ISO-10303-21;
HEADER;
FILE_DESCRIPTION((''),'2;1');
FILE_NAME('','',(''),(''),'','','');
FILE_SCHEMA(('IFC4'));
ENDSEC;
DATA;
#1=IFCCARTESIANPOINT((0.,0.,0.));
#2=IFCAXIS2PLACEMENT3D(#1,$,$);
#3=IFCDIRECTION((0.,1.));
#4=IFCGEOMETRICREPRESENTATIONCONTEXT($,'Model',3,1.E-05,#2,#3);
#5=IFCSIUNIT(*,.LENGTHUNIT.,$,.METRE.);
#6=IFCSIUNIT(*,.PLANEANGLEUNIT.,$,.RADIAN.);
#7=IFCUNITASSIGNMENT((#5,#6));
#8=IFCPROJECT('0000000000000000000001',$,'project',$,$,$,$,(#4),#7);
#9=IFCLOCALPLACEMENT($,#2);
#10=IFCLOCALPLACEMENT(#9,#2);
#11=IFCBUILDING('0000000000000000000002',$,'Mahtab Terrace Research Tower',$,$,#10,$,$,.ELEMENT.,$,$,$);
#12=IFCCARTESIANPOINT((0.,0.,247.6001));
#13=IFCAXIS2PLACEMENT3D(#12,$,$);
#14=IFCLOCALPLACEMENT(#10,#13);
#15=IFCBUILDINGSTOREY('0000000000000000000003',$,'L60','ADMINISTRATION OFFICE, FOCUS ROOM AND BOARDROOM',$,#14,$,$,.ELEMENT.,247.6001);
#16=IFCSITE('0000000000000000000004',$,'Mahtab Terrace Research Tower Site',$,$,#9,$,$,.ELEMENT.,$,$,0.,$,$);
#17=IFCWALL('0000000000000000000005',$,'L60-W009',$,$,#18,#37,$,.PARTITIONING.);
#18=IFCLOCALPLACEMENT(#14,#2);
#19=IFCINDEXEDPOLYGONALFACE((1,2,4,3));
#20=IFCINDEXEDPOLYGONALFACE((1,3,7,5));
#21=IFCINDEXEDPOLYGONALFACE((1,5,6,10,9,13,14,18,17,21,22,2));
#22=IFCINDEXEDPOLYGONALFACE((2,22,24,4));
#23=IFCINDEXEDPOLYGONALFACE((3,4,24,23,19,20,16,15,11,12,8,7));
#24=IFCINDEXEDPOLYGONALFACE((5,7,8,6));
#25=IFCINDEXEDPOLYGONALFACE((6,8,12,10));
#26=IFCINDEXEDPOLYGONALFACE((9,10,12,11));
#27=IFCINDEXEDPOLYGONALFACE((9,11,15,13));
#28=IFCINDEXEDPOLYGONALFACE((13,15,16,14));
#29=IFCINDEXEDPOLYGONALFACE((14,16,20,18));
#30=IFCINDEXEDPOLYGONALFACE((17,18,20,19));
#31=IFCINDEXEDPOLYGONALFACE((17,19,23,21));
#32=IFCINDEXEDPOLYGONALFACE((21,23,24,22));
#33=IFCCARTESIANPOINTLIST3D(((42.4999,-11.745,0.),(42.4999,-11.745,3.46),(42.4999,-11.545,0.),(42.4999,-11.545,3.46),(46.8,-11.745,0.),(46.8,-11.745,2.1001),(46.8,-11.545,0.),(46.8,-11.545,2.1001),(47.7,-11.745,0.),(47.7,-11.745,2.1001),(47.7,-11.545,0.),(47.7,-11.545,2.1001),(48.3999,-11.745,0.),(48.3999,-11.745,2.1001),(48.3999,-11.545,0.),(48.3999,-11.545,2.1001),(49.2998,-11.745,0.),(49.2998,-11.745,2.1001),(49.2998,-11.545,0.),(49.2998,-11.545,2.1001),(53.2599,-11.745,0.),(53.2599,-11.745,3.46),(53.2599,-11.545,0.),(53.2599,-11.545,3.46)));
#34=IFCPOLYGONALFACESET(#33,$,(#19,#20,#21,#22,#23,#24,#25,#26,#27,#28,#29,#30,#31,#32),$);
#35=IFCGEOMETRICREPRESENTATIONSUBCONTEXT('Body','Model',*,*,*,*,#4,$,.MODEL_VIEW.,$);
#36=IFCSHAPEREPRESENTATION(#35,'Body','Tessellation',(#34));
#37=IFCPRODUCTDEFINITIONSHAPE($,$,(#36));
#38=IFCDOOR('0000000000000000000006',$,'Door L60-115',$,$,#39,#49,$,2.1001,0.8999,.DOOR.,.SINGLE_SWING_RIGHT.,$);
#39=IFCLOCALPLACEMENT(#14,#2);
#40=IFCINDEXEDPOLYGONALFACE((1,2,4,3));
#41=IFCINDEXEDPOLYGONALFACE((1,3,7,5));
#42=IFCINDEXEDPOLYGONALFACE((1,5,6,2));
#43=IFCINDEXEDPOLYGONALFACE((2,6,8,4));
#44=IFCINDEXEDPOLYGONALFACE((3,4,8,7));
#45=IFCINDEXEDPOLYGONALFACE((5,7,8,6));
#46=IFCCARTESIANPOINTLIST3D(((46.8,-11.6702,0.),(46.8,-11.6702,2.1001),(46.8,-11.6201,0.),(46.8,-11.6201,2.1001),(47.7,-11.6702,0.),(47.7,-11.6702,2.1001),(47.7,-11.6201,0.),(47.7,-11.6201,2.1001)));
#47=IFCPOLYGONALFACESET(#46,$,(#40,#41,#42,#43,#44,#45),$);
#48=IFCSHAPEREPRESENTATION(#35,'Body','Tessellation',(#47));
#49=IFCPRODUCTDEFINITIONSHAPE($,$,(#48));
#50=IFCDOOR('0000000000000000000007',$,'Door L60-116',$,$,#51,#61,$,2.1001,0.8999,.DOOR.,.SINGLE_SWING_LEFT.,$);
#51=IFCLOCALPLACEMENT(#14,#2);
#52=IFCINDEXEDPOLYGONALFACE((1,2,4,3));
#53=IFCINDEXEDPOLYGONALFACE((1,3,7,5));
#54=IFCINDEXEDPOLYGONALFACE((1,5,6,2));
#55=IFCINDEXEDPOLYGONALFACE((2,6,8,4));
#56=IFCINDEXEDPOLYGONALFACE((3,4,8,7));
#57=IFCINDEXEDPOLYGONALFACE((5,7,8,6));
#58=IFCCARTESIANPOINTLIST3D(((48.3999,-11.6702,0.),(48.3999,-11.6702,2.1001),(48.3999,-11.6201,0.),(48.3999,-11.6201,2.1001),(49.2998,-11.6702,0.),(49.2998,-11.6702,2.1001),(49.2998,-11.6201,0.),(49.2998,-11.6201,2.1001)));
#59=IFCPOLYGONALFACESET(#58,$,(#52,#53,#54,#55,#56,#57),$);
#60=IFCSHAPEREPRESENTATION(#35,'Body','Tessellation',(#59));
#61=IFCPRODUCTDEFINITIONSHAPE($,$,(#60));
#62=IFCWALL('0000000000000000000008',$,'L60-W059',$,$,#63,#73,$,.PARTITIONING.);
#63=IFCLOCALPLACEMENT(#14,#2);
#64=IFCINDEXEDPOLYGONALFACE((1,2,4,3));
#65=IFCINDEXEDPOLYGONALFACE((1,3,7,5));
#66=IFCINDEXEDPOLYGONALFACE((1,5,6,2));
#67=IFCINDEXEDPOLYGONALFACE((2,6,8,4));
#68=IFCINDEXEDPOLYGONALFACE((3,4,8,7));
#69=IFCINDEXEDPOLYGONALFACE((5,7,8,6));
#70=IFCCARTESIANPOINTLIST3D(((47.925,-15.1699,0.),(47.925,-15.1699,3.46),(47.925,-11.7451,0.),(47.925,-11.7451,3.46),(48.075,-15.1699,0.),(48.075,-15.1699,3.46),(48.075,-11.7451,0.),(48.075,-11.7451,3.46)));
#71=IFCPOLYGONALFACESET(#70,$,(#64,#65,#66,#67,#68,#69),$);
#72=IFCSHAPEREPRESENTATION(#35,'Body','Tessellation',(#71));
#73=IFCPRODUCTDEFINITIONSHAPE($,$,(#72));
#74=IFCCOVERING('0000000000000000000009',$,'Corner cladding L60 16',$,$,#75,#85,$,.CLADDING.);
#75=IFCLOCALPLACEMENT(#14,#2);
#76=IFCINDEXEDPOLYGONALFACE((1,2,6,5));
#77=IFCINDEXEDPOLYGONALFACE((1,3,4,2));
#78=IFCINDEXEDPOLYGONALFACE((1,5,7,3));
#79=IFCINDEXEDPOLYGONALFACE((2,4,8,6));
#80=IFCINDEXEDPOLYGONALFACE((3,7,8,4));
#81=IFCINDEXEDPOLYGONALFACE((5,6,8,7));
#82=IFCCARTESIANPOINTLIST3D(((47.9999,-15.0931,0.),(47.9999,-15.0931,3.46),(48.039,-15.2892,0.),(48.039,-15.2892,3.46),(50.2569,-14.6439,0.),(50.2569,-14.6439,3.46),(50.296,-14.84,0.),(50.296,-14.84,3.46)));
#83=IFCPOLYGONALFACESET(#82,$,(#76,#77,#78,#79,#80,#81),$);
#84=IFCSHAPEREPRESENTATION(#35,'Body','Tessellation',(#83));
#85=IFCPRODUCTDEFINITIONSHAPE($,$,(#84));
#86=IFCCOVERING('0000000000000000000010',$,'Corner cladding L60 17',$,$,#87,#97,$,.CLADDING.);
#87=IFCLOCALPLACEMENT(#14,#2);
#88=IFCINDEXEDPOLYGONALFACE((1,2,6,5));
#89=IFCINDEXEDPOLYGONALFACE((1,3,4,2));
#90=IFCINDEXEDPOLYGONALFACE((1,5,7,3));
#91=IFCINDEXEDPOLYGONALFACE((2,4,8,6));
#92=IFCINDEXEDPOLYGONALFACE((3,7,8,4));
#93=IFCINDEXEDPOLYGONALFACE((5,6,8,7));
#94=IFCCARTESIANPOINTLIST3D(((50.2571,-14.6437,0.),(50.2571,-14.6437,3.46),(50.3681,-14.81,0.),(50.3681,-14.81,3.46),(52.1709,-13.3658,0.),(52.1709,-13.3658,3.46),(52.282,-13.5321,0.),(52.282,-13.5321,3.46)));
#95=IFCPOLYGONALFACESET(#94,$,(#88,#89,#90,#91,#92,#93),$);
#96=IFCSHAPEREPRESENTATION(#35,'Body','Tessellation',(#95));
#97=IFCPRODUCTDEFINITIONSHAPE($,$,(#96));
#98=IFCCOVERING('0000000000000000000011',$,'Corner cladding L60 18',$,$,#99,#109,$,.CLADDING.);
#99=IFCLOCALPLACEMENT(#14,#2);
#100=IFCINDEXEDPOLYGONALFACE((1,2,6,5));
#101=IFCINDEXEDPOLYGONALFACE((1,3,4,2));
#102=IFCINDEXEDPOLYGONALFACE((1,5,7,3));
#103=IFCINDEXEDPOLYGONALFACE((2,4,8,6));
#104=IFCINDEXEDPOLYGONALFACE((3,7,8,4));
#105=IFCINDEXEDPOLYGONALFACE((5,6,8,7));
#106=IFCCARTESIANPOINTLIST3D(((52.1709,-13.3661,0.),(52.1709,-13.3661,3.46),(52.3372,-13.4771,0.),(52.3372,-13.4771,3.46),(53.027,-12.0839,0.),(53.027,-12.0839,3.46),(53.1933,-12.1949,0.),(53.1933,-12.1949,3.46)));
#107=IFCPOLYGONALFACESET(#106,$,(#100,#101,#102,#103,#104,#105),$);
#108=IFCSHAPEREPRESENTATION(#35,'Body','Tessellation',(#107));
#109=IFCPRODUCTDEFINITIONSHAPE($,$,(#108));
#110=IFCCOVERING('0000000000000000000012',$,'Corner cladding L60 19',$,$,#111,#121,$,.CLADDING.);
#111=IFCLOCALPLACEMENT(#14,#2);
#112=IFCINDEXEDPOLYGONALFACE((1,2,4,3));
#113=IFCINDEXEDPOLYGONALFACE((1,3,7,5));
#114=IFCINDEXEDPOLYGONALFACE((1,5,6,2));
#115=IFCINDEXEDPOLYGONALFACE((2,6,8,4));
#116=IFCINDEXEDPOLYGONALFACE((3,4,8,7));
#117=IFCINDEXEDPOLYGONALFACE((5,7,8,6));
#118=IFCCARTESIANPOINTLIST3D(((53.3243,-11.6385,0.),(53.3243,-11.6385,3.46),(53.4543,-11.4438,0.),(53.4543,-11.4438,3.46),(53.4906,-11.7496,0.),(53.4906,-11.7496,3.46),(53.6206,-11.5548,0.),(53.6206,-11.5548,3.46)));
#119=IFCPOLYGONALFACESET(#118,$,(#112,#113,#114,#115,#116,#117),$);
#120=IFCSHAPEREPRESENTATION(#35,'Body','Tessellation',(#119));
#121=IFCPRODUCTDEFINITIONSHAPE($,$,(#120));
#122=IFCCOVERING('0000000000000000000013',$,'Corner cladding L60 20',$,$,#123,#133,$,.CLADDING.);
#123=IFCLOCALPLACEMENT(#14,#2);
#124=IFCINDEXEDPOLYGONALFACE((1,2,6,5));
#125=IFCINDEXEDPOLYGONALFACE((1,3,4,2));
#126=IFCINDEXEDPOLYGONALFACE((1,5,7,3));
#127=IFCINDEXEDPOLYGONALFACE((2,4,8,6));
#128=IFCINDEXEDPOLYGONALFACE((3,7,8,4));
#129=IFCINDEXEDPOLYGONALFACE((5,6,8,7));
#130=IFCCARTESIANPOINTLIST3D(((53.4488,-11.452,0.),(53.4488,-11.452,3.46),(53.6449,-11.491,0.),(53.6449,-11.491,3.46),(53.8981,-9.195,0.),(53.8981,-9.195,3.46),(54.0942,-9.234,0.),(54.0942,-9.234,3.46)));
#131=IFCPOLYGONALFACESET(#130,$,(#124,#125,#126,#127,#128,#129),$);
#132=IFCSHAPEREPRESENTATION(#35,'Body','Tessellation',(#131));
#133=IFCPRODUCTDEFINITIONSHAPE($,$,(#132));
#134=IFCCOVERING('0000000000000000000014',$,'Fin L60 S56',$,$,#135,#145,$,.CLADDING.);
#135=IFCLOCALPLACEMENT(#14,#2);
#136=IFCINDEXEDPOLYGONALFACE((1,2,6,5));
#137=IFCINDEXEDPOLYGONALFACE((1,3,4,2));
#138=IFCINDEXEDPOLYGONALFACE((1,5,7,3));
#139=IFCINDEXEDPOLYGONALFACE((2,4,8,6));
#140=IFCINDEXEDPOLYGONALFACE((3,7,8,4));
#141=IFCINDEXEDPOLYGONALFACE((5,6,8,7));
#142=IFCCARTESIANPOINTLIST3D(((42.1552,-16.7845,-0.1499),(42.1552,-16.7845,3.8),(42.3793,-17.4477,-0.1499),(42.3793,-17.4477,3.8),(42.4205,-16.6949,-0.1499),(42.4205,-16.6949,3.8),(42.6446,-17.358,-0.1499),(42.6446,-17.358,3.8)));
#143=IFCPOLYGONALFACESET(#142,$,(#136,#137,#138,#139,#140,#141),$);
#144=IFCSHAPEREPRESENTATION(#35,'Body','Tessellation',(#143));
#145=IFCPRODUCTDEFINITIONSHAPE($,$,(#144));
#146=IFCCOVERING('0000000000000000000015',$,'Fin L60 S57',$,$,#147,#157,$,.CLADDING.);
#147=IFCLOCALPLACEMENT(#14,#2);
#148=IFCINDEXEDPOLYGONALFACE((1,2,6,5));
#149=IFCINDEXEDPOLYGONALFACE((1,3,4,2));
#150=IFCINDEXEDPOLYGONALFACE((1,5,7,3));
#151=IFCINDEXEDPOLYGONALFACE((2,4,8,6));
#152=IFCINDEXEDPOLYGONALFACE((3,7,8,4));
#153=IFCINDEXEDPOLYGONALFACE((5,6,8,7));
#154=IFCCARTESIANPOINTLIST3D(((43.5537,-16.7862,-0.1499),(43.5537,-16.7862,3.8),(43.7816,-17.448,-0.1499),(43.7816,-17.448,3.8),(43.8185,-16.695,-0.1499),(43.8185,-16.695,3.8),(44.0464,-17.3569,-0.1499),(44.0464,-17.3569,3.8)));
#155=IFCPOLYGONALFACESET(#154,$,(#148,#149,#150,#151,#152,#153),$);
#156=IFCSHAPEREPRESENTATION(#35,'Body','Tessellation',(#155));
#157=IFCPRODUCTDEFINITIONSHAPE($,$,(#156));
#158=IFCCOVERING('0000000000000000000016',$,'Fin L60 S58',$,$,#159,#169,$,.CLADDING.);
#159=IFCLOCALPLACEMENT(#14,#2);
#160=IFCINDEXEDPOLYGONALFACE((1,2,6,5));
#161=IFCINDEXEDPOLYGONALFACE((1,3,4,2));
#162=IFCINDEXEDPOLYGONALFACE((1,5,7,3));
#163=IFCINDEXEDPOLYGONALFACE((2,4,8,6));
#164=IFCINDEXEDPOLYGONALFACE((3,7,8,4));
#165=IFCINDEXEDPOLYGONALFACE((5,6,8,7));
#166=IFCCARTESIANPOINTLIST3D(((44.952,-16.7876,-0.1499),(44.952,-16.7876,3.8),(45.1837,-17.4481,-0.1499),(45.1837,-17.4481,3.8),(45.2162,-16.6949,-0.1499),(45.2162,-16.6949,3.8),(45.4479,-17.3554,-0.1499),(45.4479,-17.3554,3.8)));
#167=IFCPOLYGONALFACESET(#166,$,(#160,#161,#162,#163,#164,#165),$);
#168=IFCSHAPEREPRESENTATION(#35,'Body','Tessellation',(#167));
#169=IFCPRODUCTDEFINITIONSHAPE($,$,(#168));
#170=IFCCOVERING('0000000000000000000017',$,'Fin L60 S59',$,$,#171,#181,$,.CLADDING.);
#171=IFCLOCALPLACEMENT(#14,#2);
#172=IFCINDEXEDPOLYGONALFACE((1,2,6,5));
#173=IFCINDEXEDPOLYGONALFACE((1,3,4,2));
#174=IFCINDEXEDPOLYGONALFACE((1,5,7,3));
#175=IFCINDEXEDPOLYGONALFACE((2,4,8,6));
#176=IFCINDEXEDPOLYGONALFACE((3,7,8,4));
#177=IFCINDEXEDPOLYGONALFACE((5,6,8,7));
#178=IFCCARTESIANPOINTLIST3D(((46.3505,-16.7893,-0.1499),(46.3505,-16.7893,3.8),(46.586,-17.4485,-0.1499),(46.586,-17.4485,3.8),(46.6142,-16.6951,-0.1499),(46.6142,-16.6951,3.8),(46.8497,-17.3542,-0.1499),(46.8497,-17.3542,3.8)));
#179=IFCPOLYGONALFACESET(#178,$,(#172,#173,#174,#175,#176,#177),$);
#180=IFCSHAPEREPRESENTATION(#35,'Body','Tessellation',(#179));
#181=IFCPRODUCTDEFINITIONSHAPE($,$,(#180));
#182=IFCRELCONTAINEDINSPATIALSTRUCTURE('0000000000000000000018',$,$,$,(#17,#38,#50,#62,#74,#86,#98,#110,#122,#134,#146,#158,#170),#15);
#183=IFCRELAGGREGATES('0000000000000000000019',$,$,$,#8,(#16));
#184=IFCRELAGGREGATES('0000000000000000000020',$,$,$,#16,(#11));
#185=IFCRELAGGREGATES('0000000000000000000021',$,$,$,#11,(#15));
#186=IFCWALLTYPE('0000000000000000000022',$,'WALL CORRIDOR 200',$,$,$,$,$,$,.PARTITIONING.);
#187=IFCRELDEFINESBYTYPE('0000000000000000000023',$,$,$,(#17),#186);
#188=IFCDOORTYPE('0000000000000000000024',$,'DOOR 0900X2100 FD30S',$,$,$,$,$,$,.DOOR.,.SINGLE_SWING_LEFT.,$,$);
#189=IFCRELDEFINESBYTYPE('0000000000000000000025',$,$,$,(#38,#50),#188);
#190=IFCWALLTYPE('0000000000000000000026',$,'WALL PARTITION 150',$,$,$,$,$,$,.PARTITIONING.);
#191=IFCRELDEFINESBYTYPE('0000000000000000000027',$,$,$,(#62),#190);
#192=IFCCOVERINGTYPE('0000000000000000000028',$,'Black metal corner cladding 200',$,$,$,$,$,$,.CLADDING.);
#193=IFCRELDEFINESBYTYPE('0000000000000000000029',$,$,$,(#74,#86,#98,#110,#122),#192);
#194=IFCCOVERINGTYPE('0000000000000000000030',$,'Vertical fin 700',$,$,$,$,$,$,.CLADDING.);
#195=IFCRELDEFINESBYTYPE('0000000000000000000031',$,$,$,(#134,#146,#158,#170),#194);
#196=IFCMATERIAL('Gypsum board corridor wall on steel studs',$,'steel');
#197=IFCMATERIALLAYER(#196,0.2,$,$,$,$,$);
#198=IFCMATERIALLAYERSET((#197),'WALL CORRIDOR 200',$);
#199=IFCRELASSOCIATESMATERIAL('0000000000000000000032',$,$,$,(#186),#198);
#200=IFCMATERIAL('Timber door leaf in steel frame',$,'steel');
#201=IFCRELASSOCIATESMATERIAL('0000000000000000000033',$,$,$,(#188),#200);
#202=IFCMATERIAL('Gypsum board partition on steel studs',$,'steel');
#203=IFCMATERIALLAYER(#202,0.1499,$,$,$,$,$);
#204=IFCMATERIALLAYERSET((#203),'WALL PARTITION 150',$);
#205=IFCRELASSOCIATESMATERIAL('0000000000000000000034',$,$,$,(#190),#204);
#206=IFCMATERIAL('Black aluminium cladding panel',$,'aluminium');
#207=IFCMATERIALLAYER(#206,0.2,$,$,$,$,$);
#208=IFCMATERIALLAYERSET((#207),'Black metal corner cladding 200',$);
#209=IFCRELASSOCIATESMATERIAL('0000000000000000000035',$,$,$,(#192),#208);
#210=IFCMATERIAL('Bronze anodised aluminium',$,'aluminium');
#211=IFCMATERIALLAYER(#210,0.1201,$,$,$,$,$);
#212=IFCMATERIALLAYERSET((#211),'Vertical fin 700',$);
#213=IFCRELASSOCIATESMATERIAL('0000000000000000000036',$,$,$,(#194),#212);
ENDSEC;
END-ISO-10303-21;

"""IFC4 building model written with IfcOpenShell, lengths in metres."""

from ifc_helpers import new_model, si_unit, direction, frame, frame_2d, origin, origin_2d, place, context, subcontext, project, spatial, rectangle, extrude, material, layer, layer_set, type_object, element, fill, save


model = new_model("IFC4")

# Units and contexts
model_context = context("Model", 3, precision=1e-05, world=origin(), true_north=direction((0.0, 1.0)))
body_context = subcontext(model_context, "Body", "Model", "MODEL_VIEW")
ifc_project = project(units=[si_unit("LENGTHUNIT", "METRE"), si_unit("PLANEANGLEUNIT", "RADIAN")], contexts=[model_context])

# Site, building, storey
site_placement = place(None, origin())
site = spatial("IfcSite", under=ifc_project, at=site_placement, Name="Mahtab Terrace Research Tower Site", CompositionType="ELEMENT", RefElevation=0.0)
building_placement = place(site_placement, origin())
building = spatial("IfcBuilding", under=site, at=building_placement, Name="Mahtab Terrace Research Tower", CompositionType="ELEMENT")
storey_placement = place(building_placement, frame((0.0, 0.0, 247.6001)))
storey = spatial("IfcBuildingStorey", under=building, at=storey_placement, Name="L60", Description="ADMINISTRATION OFFICE, FOCUS ROOM AND BOARDROOM", CompositionType="ELEMENT", Elevation=247.6001)

# Wall, openings, doors
ifc_material_1 = material(Name="Gypsum board corridor wall on steel studs", Category="steel")
ifc_layer_1 = layer(ifc_material_1, 0.2)
ifc_layer_set_1 = layer_set([ifc_layer_1], Name="WALL CORRIDOR 200")
wall_type_1 = type_object("IfcWallType", Name="WALL CORRIDOR 200", PredefinedType="PARTITIONING", material=ifc_layer_set_1)
wall_1_placement = place(storey_placement, frame((42.5, -11.645, 0.0), z_axis=(0.0, 0.0, 1.0), x_axis=(1.0, 0.0, 0.0)))
wall_1 = element("IfcWall", 1, at=wall_1_placement, inside=storey, type_object=wall_type_1, Name="L60-W009", PredefinedType="PARTITIONING", context=body_context, shape_type="SweptSolid", body=[
    extrude(rectangle(XDim=10.76, YDim=0.2, at=frame_2d((5.3799, 0.0))), origin(), (0.0, 0.0, 1.0), 3.46),
])
opening_1_placement = place(wall_1_placement, frame((4.3, 0.0, 0.0)))
opening_1 = element("IfcOpeningElement", 2, at=opening_1_placement, cuts=wall_1, PredefinedType="OPENING", context=body_context, shape_type="SweptSolid", body=[
    extrude(rectangle(XDim=0.8999, YDim=2.1001, at=frame_2d((0.45, 1.05))), frame((0.0, 0.1099, 0.0), z_axis=(0.0, -1.0, 0.0), x_axis=(1.0, 0.0, 0.0)), (0.0, 0.0, 1.0), 0.22),
])
opening_2_placement = place(wall_1_placement, frame((5.8999, 0.0, 0.0)))
opening_2 = element("IfcOpeningElement", 3, at=opening_2_placement, cuts=wall_1, PredefinedType="OPENING", context=body_context, shape_type="SweptSolid", body=[
    extrude(rectangle(XDim=0.8999, YDim=2.1001, at=frame_2d((0.45, 1.05))), frame((0.0, 0.1099, 0.0), z_axis=(0.0, -1.0, 0.0), x_axis=(1.0, 0.0, 0.0)), (0.0, 0.0, 1.0), 0.22),
])
ifc_material_2 = material(Name="Timber door leaf in steel frame", Category="steel")
door_type = type_object("IfcDoorType", Name="DOOR 0900X2100 FD30S", OperationType="SINGLE_SWING_LEFT", PredefinedType="DOOR", material=ifc_material_2)
door_1_placement = place(opening_1_placement, origin())
door_1 = element("IfcDoor", 4, at=door_1_placement, inside=storey, type_object=door_type, Name="Door L60-115", OperationType="SINGLE_SWING_RIGHT", OverallHeight=2.1001, OverallWidth=0.8999, PredefinedType="DOOR", context=body_context, shape_type="SweptSolid", body=[
    extrude(rectangle(XDim=0.8999, YDim=2.1001, at=frame_2d((0.45, 1.05))), frame((0.0, 0.0249, 0.0), z_axis=(0.0, -1.0, 0.0), x_axis=(1.0, 0.0, 0.0)), (0.0, 0.0, 1.0), 0.05),
])
fill(opening_1, door_1)
door_2_placement = place(opening_2_placement, origin())
door_2 = element("IfcDoor", 5, at=door_2_placement, inside=storey, type_object=door_type, Name="Door L60-116", OperationType="SINGLE_SWING_LEFT", OverallHeight=2.1001, OverallWidth=0.8999, PredefinedType="DOOR", context=body_context, shape_type="SweptSolid", body=[
    extrude(rectangle(XDim=0.8999, YDim=2.1001, at=frame_2d((0.45, 1.05))), frame((0.0, 0.0249, 0.0), z_axis=(0.0, -1.0, 0.0), x_axis=(1.0, 0.0, 0.0)), (0.0, 0.0, 1.0), 0.05),
])
fill(opening_2, door_2)

# Wall
ifc_material_3 = material(Name="Gypsum board partition on steel studs", Category="steel")
ifc_layer_2 = layer(ifc_material_3, 0.1499)
ifc_layer_set_2 = layer_set([ifc_layer_2], Name="WALL PARTITION 150")
wall_type_2 = type_object("IfcWallType", Name="WALL PARTITION 150", PredefinedType="PARTITIONING", material=ifc_layer_set_2)
wall_2_placement = place(storey_placement, frame((48.0, -15.1699, 0.0), z_axis=(0.0, 0.0, 1.0), x_axis=(0.0, 1.0, 0.0)))
element("IfcWall", 6, at=wall_2_placement, inside=storey, type_object=wall_type_2, Name="L60-W059", PredefinedType="PARTITIONING", context=body_context, shape_type="SweptSolid", body=[
    extrude(rectangle(XDim=3.4248, YDim=0.1499, at=frame_2d((1.7124, 0.0))), origin(), (0.0, 0.0, 1.0), 3.46),
])

# Coverings
ifc_material_4 = material(Name="Black aluminium cladding panel", Category="aluminium")
ifc_layer_3 = layer(ifc_material_4, 0.2)
ifc_layer_set_3 = layer_set([ifc_layer_3], Name="Black metal corner cladding 200")
covering_type_1 = type_object("IfcCoveringType", Name="Black metal corner cladding 200", PredefinedType="CLADDING", material=ifc_layer_set_3)
for number, where, z_axis, x_axis, name in (
    (7, (49.1479, -14.9666, 0.0), (0.0, 0.0, 1.0), (0.980761, 0.195212, 0.0), "Corner cladding L60 16"),
    (8, (51.2695, -14.0879, 0.0), (0.0, 0.0, 1.0), (0.831656, 0.555291, 0.0), "Corner cladding L60 17"),
):
    element("IfcCovering", number, at=place(storey_placement, frame(where, z_axis=z_axis, x_axis=x_axis)), inside=storey, type_object=covering_type_1, Name=name, PredefinedType="CLADDING", context=body_context, shape_type="SweptSolid", body=[
        extrude(rectangle(XDim=2.3013, YDim=0.2, at=origin_2d()), origin(), (0.0, 0.0, 1.0), 3.46),
    ])
covering_1_placement = place(storey_placement, frame((52.6821, -12.7805, 0.0), z_axis=(0.0, 0.0, 1.0), x_axis=(0.555291, 0.831656, 0.0)))
element("IfcCovering", 9, at=covering_1_placement, inside=storey, type_object=covering_type_1, Name="Corner cladding L60 18", PredefinedType="CLADDING", context=body_context, shape_type="SweptSolid", body=[
    extrude(rectangle(XDim=1.5417, YDim=0.2, at=origin_2d()), origin(), (0.0, 0.0, 1.0), 3.46),
])
covering_2_placement = place(storey_placement, frame((53.4724, -11.5967, 0.0), z_axis=(0.0, 0.0, 1.0), x_axis=(0.555291, 0.831656, 0.0)))
element("IfcCovering", 10, at=covering_2_placement, inside=storey, type_object=covering_type_1, Name="Corner cladding L60 19", PredefinedType="CLADDING", context=body_context, shape_type="SweptSolid", body=[
    extrude(rectangle(XDim=0.2341, YDim=0.2, at=origin_2d()), origin(), (0.0, 0.0, 1.0), 3.46),
])
covering_3_placement = place(storey_placement, frame((53.7715, -10.343, 0.0), z_axis=(0.0, 0.0, 1.0), x_axis=(0.195212, 0.980761, 0.0)))
element("IfcCovering", 11, at=covering_3_placement, inside=storey, type_object=covering_type_1, Name="Corner cladding L60 20", PredefinedType="CLADDING", context=body_context, shape_type="SweptSolid", body=[
    extrude(rectangle(XDim=2.3013, YDim=0.2, at=origin_2d()), origin(), (0.0, 0.0, 1.0), 3.46),
])
ifc_material_5 = material(Name="Bronze anodised aluminium", Category="aluminium")
ifc_layer_4 = layer(ifc_material_5, 0.1201)
ifc_layer_set_4 = layer_set([ifc_layer_4], Name="Vertical fin 700")
covering_type_2 = type_object("IfcCoveringType", Name="Vertical fin 700", PredefinedType="CLADDING", material=ifc_layer_set_4)
for number, where, z_axis, x_axis, name in (
    (12, (42.3999, -17.0713, -0.1499), (0.0, 0.0, 1.0), (0.947397, 0.320062, 0.0), "Fin L60 S56"),
    (13, (43.8, -17.0715, -0.1499), (0.0, 0.0, 1.0), (0.945519, 0.325568, 0.0), "Fin L60 S57"),
    (14, (45.2, -17.0715, -0.1499), (0.0, 0.0, 1.0), (0.943609, 0.331063, 0.0), "Fin L60 S58"),
    (15, (46.6001, -17.0718, -0.1499), (0.0, 0.0, 1.0), (0.941666, 0.336547, 0.0), "Fin L60 S59"),
):
    element("IfcCovering", number, at=place(storey_placement, frame(where, z_axis=z_axis, x_axis=x_axis)), inside=storey, type_object=covering_type_2, Name=name, PredefinedType="CLADDING", context=body_context, shape_type="SweptSolid", body=[
        extrude(rectangle(XDim=0.28, YDim=0.7, at=origin_2d()), origin(), (0.0, 0.0, 1.0), 3.95),
    ])

save(model, "model.ifc")
